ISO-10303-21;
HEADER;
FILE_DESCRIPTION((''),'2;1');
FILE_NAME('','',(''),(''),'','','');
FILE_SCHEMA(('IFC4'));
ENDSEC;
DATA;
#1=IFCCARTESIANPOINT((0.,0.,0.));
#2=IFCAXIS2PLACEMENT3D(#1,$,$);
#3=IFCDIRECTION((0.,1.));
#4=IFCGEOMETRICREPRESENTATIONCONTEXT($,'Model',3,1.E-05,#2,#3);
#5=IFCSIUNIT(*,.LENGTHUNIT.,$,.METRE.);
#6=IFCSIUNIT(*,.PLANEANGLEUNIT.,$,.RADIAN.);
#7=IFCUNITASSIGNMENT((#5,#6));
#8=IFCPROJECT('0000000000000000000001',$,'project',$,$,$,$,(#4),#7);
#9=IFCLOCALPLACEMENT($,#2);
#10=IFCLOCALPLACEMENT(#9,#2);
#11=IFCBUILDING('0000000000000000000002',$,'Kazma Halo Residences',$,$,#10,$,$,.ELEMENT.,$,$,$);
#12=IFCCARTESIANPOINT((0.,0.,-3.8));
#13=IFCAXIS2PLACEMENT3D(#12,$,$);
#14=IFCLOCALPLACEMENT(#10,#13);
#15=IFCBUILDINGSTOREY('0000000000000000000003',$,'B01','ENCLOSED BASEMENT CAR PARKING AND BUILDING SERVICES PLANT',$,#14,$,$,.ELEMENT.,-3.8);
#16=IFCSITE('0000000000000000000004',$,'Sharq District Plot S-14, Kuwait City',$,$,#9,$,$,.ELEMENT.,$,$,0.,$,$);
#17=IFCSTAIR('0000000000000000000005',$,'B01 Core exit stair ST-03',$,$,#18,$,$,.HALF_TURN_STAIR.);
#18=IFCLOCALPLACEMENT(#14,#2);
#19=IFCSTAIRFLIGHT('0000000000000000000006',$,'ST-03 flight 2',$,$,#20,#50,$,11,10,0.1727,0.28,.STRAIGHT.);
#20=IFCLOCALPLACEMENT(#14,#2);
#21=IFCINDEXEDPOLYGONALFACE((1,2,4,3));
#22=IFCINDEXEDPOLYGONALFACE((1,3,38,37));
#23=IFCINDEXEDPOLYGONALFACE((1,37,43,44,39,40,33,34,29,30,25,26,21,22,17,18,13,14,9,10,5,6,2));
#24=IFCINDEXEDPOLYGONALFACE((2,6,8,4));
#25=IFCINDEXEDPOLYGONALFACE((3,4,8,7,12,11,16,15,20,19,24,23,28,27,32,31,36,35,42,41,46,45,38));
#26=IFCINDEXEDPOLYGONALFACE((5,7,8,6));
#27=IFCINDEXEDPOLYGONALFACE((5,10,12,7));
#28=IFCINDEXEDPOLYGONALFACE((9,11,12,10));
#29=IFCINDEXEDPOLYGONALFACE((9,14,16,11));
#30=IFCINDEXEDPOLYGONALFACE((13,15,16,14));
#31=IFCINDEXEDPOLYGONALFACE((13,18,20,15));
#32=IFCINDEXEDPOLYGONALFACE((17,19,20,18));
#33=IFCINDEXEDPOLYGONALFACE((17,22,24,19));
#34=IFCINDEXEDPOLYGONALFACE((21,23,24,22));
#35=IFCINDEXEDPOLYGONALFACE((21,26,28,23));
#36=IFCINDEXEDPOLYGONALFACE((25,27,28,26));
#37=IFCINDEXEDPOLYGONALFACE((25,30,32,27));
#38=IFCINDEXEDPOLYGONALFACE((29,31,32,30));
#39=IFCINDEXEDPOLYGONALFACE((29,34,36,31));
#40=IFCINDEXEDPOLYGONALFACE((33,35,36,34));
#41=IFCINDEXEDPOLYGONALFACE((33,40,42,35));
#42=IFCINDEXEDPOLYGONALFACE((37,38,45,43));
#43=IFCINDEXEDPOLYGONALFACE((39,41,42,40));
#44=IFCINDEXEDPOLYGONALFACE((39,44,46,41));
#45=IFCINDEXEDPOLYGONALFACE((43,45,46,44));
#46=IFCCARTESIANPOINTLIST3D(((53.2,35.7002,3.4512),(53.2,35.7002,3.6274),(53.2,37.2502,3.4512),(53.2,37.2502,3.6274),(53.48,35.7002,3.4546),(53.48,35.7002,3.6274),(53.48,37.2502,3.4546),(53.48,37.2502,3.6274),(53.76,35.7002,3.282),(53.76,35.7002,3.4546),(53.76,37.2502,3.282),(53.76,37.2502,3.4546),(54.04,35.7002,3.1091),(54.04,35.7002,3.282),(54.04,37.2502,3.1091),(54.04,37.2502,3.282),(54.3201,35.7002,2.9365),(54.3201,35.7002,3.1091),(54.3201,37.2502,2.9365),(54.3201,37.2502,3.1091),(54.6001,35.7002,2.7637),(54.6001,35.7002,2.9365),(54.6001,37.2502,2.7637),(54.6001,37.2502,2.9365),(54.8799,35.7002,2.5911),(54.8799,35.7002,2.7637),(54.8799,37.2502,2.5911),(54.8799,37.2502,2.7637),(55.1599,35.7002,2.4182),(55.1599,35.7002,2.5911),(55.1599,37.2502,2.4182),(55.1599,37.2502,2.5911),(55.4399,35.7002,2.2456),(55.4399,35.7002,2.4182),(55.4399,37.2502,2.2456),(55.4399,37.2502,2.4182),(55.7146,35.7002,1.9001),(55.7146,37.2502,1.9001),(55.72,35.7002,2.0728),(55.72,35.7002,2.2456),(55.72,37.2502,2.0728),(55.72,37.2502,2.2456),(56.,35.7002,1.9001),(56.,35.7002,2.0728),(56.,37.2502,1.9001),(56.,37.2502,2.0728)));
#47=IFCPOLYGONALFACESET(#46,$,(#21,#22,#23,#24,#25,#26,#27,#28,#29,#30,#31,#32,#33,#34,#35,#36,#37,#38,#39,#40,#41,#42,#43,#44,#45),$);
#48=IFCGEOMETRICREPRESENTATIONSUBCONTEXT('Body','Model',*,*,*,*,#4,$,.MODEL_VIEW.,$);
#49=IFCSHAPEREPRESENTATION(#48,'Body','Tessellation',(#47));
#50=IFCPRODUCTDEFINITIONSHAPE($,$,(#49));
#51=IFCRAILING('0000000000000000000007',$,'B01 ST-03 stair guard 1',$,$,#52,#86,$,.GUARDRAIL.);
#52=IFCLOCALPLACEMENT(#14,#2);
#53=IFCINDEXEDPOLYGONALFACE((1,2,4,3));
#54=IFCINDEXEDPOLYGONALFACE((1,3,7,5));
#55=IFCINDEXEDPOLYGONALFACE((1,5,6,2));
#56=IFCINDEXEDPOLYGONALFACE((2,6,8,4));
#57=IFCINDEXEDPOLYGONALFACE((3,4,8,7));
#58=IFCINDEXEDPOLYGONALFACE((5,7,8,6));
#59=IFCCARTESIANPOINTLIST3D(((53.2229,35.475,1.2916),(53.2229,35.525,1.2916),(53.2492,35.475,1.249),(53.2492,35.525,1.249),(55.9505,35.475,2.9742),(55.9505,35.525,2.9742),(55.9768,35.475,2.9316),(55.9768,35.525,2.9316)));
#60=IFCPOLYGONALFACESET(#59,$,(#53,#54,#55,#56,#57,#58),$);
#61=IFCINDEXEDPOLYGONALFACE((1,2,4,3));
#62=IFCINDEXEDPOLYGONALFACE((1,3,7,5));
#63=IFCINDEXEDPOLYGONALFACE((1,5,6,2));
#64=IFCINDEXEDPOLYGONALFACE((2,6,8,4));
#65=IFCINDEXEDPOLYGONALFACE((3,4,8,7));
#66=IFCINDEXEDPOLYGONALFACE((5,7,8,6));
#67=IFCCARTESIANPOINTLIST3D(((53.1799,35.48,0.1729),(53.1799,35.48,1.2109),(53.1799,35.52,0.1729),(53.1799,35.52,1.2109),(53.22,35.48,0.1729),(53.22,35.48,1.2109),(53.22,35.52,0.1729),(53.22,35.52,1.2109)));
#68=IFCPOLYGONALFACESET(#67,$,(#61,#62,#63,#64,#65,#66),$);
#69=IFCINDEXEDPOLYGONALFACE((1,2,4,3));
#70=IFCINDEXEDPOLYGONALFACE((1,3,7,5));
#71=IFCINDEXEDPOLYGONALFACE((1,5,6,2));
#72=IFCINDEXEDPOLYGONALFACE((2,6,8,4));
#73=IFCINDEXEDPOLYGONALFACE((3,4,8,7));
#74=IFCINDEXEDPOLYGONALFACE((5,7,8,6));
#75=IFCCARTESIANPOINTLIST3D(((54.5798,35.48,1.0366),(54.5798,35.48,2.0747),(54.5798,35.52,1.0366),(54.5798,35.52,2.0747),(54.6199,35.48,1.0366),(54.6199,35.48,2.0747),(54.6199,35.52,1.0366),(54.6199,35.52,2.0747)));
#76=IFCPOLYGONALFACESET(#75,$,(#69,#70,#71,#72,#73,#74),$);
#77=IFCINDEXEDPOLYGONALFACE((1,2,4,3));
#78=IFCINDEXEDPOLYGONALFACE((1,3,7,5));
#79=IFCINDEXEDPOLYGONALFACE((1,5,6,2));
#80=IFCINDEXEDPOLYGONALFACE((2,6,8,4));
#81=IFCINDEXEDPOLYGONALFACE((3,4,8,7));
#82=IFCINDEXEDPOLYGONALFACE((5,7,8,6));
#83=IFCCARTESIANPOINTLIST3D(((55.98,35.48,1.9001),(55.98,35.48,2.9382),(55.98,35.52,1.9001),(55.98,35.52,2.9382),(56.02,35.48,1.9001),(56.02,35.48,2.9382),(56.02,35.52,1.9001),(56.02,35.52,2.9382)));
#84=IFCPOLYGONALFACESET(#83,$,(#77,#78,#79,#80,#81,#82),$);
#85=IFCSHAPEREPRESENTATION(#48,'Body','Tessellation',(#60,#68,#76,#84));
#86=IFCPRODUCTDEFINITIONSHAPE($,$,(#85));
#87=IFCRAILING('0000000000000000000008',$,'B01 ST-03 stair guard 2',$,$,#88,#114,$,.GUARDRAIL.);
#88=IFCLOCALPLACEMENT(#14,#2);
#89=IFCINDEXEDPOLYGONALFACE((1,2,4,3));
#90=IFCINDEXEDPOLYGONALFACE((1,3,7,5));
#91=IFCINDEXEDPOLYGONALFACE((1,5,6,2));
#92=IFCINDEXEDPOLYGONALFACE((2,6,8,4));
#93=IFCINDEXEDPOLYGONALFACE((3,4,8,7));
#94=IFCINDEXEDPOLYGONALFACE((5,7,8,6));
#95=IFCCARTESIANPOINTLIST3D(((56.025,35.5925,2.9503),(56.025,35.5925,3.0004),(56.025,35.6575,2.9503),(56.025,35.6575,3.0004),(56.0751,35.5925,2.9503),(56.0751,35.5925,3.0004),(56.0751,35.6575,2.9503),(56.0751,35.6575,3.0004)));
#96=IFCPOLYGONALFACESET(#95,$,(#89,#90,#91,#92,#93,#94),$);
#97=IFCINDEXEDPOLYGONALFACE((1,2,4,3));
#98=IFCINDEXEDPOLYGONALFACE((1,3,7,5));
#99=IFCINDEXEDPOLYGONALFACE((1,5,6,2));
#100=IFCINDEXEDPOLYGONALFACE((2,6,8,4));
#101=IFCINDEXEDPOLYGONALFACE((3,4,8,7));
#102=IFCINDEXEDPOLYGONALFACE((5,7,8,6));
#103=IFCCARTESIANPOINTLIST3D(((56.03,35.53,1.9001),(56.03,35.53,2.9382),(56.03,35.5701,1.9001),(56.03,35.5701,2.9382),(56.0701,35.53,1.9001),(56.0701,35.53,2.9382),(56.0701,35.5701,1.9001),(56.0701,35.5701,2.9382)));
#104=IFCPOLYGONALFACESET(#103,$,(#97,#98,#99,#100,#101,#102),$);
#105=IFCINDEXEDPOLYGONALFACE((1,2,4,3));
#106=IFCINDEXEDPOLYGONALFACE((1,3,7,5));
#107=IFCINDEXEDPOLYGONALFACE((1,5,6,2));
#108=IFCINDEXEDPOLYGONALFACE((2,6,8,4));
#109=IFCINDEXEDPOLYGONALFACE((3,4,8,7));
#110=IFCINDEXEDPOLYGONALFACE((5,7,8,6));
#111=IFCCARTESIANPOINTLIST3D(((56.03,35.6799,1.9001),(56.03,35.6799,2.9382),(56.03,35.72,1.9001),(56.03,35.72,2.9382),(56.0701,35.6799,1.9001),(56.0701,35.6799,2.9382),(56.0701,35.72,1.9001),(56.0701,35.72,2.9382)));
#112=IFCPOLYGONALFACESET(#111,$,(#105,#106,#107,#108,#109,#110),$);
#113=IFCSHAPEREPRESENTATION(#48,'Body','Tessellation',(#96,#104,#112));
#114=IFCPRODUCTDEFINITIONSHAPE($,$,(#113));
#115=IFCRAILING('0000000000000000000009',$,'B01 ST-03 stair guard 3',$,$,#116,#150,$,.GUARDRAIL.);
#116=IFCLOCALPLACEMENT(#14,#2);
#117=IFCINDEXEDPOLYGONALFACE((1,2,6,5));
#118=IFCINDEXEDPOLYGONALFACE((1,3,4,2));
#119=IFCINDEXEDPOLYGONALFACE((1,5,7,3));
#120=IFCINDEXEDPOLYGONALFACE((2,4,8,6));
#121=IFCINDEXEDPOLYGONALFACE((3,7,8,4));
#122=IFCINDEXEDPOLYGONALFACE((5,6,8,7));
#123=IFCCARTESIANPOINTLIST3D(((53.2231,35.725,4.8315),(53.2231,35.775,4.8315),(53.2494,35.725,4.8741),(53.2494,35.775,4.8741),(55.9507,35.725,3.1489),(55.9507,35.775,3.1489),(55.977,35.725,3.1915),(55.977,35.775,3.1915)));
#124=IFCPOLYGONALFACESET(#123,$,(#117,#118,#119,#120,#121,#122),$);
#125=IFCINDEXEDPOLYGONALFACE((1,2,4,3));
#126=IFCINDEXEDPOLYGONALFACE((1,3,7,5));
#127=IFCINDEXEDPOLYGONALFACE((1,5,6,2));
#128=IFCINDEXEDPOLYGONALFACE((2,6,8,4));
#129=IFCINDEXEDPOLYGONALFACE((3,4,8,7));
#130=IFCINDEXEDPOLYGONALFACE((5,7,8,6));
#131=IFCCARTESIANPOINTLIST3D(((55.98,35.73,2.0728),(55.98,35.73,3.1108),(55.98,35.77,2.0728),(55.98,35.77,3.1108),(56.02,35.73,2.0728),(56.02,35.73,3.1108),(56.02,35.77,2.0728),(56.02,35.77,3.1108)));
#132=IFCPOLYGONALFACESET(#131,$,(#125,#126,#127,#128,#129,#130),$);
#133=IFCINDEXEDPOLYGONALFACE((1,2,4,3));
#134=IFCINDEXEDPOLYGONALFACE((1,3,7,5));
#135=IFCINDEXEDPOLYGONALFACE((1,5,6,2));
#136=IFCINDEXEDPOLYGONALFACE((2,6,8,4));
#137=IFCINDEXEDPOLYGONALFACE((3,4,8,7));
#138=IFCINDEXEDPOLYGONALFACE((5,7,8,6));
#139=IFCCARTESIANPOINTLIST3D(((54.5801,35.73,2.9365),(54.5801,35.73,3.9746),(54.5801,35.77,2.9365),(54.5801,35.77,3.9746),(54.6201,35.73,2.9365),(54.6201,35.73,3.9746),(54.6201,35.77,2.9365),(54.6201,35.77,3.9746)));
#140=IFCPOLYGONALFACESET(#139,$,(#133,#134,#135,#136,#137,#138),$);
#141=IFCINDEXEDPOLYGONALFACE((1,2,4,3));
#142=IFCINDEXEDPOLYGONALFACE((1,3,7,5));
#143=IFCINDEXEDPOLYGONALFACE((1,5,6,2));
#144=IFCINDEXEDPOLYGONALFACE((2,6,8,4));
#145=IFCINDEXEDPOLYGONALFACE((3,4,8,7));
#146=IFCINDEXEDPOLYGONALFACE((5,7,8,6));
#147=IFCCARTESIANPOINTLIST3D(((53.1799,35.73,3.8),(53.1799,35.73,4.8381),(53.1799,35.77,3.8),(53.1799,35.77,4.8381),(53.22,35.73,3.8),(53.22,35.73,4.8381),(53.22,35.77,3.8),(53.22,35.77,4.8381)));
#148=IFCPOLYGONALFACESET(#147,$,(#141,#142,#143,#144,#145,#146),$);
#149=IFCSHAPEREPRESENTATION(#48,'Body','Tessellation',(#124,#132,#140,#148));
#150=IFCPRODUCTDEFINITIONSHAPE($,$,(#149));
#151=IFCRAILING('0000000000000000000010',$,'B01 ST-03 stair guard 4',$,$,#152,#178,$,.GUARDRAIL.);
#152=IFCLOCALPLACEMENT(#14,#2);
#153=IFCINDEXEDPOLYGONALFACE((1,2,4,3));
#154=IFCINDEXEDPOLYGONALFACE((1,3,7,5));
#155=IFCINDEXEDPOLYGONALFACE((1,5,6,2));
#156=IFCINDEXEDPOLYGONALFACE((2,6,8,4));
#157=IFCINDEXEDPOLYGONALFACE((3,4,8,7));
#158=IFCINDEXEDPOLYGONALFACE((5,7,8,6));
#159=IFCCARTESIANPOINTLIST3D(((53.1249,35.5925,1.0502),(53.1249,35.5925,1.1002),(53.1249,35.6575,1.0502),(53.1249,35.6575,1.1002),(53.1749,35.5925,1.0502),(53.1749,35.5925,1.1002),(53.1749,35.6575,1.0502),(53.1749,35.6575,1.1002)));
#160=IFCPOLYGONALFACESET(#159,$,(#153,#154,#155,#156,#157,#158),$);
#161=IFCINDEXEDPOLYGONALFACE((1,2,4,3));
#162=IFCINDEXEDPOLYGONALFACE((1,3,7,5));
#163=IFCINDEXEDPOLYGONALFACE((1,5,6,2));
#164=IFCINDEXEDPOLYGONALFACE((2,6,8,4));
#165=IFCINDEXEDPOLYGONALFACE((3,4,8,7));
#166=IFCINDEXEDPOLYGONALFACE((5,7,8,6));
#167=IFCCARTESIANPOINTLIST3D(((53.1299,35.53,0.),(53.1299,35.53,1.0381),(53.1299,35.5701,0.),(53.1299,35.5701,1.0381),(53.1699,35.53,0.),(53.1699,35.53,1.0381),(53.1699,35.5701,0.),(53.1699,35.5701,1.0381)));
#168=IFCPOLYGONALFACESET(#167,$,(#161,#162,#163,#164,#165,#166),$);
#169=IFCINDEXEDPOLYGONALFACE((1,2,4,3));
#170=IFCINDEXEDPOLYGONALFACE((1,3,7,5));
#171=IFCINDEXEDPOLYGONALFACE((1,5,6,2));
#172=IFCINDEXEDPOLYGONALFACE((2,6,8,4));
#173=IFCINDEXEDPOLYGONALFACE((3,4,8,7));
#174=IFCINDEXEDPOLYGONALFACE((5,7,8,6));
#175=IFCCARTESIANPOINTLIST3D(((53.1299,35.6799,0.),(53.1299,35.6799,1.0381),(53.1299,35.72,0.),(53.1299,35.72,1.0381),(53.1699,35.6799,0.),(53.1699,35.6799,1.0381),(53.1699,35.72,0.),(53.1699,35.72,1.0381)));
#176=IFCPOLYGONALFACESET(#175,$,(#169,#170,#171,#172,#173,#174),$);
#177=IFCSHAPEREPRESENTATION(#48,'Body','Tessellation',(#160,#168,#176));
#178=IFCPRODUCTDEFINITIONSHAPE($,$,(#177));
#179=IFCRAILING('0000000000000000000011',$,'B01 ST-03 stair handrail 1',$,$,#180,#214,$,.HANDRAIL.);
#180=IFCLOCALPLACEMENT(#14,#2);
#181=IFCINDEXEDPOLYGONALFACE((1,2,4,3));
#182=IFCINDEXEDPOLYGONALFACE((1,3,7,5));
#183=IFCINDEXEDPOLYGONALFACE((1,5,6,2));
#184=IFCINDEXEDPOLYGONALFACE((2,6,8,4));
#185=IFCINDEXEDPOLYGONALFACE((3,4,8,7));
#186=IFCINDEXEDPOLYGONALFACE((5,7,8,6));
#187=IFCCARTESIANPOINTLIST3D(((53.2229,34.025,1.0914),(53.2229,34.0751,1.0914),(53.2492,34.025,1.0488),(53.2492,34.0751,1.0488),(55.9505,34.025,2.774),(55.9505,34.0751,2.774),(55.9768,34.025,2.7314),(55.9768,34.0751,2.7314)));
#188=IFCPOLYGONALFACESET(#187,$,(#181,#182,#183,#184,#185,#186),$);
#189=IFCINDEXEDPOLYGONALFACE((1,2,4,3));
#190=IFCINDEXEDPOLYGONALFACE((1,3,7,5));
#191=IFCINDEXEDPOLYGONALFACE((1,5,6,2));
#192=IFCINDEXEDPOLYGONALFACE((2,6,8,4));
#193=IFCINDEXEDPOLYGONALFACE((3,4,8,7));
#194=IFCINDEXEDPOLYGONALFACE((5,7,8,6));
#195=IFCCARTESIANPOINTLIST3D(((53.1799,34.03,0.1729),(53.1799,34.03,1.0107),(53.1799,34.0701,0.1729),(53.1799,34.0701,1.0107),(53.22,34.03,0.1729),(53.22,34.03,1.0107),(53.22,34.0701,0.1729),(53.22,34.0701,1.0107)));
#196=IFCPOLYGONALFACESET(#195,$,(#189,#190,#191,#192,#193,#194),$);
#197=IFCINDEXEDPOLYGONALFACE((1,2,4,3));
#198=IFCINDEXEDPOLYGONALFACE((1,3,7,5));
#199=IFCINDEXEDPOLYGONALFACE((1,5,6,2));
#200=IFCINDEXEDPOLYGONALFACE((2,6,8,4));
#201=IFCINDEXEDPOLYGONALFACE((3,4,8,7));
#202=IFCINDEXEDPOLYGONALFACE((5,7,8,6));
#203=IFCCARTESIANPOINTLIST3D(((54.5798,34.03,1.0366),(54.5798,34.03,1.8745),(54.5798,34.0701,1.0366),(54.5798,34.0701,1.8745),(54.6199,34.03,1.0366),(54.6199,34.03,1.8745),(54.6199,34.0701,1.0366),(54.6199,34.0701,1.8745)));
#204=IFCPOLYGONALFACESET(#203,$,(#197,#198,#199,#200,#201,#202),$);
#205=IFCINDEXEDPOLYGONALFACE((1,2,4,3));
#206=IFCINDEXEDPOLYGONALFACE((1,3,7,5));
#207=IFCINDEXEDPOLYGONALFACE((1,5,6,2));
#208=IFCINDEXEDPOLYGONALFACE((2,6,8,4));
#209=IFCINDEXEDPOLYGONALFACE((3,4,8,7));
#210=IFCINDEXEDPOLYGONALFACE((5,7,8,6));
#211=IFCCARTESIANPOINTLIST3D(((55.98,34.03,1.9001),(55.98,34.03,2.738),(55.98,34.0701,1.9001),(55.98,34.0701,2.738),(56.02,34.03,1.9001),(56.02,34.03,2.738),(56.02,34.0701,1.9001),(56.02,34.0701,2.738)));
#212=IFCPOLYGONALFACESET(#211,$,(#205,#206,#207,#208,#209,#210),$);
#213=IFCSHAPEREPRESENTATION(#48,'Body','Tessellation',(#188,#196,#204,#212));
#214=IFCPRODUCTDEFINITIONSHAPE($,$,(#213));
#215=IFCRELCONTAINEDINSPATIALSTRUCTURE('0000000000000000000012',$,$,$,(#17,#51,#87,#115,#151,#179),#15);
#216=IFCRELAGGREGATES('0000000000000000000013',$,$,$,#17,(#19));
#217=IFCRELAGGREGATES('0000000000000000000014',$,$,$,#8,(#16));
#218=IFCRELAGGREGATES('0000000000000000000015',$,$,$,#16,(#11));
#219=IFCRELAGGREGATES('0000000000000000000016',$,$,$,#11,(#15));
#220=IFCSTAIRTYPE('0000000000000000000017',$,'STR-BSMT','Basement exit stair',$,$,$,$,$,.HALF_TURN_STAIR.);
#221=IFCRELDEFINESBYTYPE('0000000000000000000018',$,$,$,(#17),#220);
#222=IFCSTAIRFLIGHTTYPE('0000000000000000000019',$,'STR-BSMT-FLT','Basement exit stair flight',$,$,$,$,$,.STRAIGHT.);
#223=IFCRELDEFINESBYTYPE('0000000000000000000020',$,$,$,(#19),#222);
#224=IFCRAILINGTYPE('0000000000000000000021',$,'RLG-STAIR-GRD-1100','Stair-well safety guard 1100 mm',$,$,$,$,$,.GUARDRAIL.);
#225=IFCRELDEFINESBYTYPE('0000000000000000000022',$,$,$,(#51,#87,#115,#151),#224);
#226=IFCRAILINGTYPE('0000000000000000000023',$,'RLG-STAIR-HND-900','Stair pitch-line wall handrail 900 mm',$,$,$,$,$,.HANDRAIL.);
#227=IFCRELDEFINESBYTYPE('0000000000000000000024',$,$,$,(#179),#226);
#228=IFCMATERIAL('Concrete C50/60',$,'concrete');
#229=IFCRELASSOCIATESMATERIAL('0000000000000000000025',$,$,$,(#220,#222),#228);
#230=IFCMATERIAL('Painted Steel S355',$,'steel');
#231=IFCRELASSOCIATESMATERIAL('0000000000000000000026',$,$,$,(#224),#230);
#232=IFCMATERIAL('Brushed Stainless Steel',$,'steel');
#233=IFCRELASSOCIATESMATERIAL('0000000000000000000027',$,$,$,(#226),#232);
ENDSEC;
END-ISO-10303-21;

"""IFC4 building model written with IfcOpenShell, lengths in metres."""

from ifc_helpers import new_model, si_unit, direction, frame, origin, origin_2d, place, context, subcontext, project, spatial, polyline, rectangle, outline, extrude, material, type_object, element, aggregate, save


model = new_model("IFC4")

# Units and contexts
model_context = context("Model", 3, precision=1e-05, world=origin(), true_north=direction((0.0, 1.0)))
body_context = subcontext(model_context, "Body", "Model", "MODEL_VIEW")
ifc_project = project(units=[si_unit("LENGTHUNIT", "METRE"), si_unit("PLANEANGLEUNIT", "RADIAN")], contexts=[model_context])

# Site, building, storey
site_placement = place(None, origin())
site = spatial("IfcSite", under=ifc_project, at=site_placement, Name="Sharq District Plot S-14, Kuwait City", CompositionType="ELEMENT", RefElevation=0.0)
building_placement = place(site_placement, origin())
building = spatial("IfcBuilding", under=site, at=building_placement, Name="Kazma Halo Residences", CompositionType="ELEMENT")
storey_placement = place(building_placement, frame((0.0, 0.0, -3.8)))
storey = spatial("IfcBuildingStorey", under=building, at=storey_placement, Name="B01", Description="ENCLOSED BASEMENT CAR PARKING AND BUILDING SERVICES PLANT", CompositionType="ELEMENT", Elevation=-3.8)

# Shared definitions
ifc_material_1 = material(Name="Concrete C50/60", Category="concrete")

# Stair, stair flight
stair_type = type_object("IfcStairType", Name="STR-BSMT", Description="Basement exit stair", PredefinedType="HALF_TURN_STAIR", material=ifc_material_1)
stair_placement = place(storey_placement, origin())
stair = element("IfcStair", 1, at=stair_placement, inside=storey, type_object=stair_type, Name="B01 Core exit stair ST-03", PredefinedType="HALF_TURN_STAIR")
stair_flight_type = type_object("IfcStairFlightType", Name="STR-BSMT-FLT", Description="Basement exit stair flight", PredefinedType="STRAIGHT", material=ifc_material_1)
stair_flight_1_placement = place(storey_placement, frame((56.0, 36.4751, 1.9001), z_axis=(0.0, 0.0, 1.0), x_axis=(-1.0, 0.0, 0.0)))
stair_flight_1 = element("IfcStairFlight", 2, at=stair_flight_1_placement, type_object=stair_flight_type, Name="ST-03 flight 2", NumberOfRisers=11, NumberOfTreads=10, PredefinedType="STRAIGHT", RiserHeight=0.1727, TreadLength=0.28, context=body_context, shape_type="SweptSolid", body=[
    extrude(outline(polyline([(0.0, 0.0), (0.0, 0.1726), (0.28, 0.1726), (0.28, 0.3455), (0.5601, 0.3455), (0.5601, 0.5181), (0.8401, 0.5181), (0.8401, 0.6909), (1.1201, 0.6909), (1.1201, 0.8635), (1.3999, 0.8635), (1.3999, 1.0364), (1.6799, 1.0364), (1.6799, 1.209), (1.96, 1.209), (1.96, 1.3818), (2.24, 1.3818), (2.24, 1.5544), (2.52, 1.5544), (2.52, 1.7273), (2.8, 1.7273), (2.8, 1.8999), (2.8, 1.551), (0.2854, 0.0), (0.0, 0.0)])), frame((0.0, 0.7749, 0.0), z_axis=(0.0, -1.0, 0.0), x_axis=(1.0, 0.0, 0.0)), (0.0, 0.0, 1.0), 1.55),
])
aggregate(stair, [stair_flight_1])

# Railings
ifc_material_2 = material(Name="Painted Steel S355", Category="steel")
railing_type_1 = type_object("IfcRailingType", Name="RLG-STAIR-GRD-1100", Description="Stair-well safety guard 1100 mm", PredefinedType="GUARDRAIL", material=ifc_material_2)
railing_1_placement = place(storey_placement, frame((53.2, 35.5, 0.1729)))
element("IfcRailing", 3, at=railing_1_placement, inside=storey, type_object=railing_type_1, Name="B01 ST-03 stair guard 1", PredefinedType="GUARDRAIL", context=body_context, shape_type="SweptSolid", body=[
    extrude(rectangle(XDim=0.05, YDim=0.05, at=origin_2d()), frame((0.0361, 0.0, 1.0974), z_axis=(0.85109, 0.0, 0.52502), x_axis=(0.0, 1.0, 0.0)), (0.0, 0.0, 1.0), 3.2048),
    extrude(rectangle(XDim=0.04, YDim=0.04, at=origin_2d()), origin(), (0.0, 0.0, 1.0), 1.0381),
    extrude(rectangle(XDim=0.04, YDim=0.04, at=origin_2d()), frame((1.3999, 0.0, 0.8638)), (0.0, 0.0, 1.0), 1.0381),
    extrude(rectangle(XDim=0.04, YDim=0.04, at=origin_2d()), frame((2.8, 0.0, 1.7273)), (0.0, 0.0, 1.0), 1.0381),
])
railing_2_placement = place(storey_placement, frame((56.05, 35.55, 1.9001)))
element("IfcRailing", 4, at=railing_2_placement, inside=storey, type_object=railing_type_1, Name="B01 ST-03 stair guard 2", PredefinedType="GUARDRAIL", context=body_context, shape_type="SweptSolid", body=[
    extrude(rectangle(XDim=0.05, YDim=0.05, at=origin_2d()), frame((0.0, 0.0425, 1.0752), z_axis=(0.0, 1.0, 0.0), x_axis=(-1.0, 0.0, 0.0)), (0.0, 0.0, 1.0), 0.0649),
    extrude(rectangle(XDim=0.04, YDim=0.04, at=origin_2d()), origin(), (0.0, 0.0, 1.0), 1.0381),
    extrude(rectangle(XDim=0.04, YDim=0.04, at=origin_2d()), frame((0.0, 0.1499, 0.0)), (0.0, 0.0, 1.0), 1.0381),
])
railing_3_placement = place(storey_placement, frame((56.0, 35.75, 2.0728)))
element("IfcRailing", 5, at=railing_3_placement, inside=storey, type_object=railing_type_1, Name="B01 ST-03 stair guard 3", PredefinedType="GUARDRAIL", context=body_context, shape_type="SweptSolid", body=[
    extrude(rectangle(XDim=0.05, YDim=0.05, at=origin_2d()), frame((-0.0361, 0.0, 1.0974), z_axis=(-0.85109, 0.0, 0.52502), x_axis=(0.0, -1.0, 0.0)), (0.0, 0.0, 1.0), 3.2048),
    extrude(rectangle(XDim=0.04, YDim=0.04, at=origin_2d()), origin(), (0.0, 0.0, 1.0), 1.0381),
    extrude(rectangle(XDim=0.04, YDim=0.04, at=origin_2d()), frame((-1.3999, 0.0, 0.8638)), (0.0, 0.0, 1.0), 1.0381),
    extrude(rectangle(XDim=0.04, YDim=0.04, at=origin_2d()), frame((-2.8, 0.0, 1.7273)), (0.0, 0.0, 1.0), 1.0381),
])
railing_4_placement = place(storey_placement, frame((53.1499, 35.55, 0.0)))
element("IfcRailing", 6, at=railing_4_placement, inside=storey, type_object=railing_type_1, Name="B01 ST-03 stair guard 4", PredefinedType="GUARDRAIL", context=body_context, shape_type="SweptSolid", body=[
    extrude(rectangle(XDim=0.05, YDim=0.05, at=origin_2d()), frame((0.0, 0.0425, 1.0752), z_axis=(0.0, 1.0, 0.0), x_axis=(-1.0, 0.0, 0.0)), (0.0, 0.0, 1.0), 0.0649),
    extrude(rectangle(XDim=0.04, YDim=0.04, at=origin_2d()), origin(), (0.0, 0.0, 1.0), 1.0381),
    extrude(rectangle(XDim=0.04, YDim=0.04, at=origin_2d()), frame((0.0, 0.1499, 0.0)), (0.0, 0.0, 1.0), 1.0381),
])
ifc_material_3 = material(Name="Brushed Stainless Steel", Category="steel")
railing_type_2 = type_object("IfcRailingType", Name="RLG-STAIR-HND-900", Description="Stair pitch-line wall handrail 900 mm", PredefinedType="HANDRAIL", material=ifc_material_3)
railing_5_placement = place(storey_placement, frame((53.2, 34.05, 0.1729)))
element("IfcRailing", 7, at=railing_5_placement, inside=storey, type_object=railing_type_2, Name="B01 ST-03 stair handrail 1", PredefinedType="HANDRAIL", context=body_context, shape_type="SweptSolid", body=[
    extrude(rectangle(XDim=0.05, YDim=0.05, at=origin_2d()), frame((0.0361, 0.0, 0.8972), z_axis=(0.85109, 0.0, 0.52502), x_axis=(0.0, 1.0, 0.0)), (0.0, 0.0, 1.0), 3.2048),
    extrude(rectangle(XDim=0.04, YDim=0.04, at=origin_2d()), origin(), (0.0, 0.0, 1.0), 0.8379),
    extrude(rectangle(XDim=0.04, YDim=0.04, at=origin_2d()), frame((1.3999, 0.0, 0.8638)), (0.0, 0.0, 1.0), 0.8379),
    extrude(rectangle(XDim=0.04, YDim=0.04, at=origin_2d()), frame((2.8, 0.0, 1.7273)), (0.0, 0.0, 1.0), 0.8379),
])

save(model, "model.ifc")
